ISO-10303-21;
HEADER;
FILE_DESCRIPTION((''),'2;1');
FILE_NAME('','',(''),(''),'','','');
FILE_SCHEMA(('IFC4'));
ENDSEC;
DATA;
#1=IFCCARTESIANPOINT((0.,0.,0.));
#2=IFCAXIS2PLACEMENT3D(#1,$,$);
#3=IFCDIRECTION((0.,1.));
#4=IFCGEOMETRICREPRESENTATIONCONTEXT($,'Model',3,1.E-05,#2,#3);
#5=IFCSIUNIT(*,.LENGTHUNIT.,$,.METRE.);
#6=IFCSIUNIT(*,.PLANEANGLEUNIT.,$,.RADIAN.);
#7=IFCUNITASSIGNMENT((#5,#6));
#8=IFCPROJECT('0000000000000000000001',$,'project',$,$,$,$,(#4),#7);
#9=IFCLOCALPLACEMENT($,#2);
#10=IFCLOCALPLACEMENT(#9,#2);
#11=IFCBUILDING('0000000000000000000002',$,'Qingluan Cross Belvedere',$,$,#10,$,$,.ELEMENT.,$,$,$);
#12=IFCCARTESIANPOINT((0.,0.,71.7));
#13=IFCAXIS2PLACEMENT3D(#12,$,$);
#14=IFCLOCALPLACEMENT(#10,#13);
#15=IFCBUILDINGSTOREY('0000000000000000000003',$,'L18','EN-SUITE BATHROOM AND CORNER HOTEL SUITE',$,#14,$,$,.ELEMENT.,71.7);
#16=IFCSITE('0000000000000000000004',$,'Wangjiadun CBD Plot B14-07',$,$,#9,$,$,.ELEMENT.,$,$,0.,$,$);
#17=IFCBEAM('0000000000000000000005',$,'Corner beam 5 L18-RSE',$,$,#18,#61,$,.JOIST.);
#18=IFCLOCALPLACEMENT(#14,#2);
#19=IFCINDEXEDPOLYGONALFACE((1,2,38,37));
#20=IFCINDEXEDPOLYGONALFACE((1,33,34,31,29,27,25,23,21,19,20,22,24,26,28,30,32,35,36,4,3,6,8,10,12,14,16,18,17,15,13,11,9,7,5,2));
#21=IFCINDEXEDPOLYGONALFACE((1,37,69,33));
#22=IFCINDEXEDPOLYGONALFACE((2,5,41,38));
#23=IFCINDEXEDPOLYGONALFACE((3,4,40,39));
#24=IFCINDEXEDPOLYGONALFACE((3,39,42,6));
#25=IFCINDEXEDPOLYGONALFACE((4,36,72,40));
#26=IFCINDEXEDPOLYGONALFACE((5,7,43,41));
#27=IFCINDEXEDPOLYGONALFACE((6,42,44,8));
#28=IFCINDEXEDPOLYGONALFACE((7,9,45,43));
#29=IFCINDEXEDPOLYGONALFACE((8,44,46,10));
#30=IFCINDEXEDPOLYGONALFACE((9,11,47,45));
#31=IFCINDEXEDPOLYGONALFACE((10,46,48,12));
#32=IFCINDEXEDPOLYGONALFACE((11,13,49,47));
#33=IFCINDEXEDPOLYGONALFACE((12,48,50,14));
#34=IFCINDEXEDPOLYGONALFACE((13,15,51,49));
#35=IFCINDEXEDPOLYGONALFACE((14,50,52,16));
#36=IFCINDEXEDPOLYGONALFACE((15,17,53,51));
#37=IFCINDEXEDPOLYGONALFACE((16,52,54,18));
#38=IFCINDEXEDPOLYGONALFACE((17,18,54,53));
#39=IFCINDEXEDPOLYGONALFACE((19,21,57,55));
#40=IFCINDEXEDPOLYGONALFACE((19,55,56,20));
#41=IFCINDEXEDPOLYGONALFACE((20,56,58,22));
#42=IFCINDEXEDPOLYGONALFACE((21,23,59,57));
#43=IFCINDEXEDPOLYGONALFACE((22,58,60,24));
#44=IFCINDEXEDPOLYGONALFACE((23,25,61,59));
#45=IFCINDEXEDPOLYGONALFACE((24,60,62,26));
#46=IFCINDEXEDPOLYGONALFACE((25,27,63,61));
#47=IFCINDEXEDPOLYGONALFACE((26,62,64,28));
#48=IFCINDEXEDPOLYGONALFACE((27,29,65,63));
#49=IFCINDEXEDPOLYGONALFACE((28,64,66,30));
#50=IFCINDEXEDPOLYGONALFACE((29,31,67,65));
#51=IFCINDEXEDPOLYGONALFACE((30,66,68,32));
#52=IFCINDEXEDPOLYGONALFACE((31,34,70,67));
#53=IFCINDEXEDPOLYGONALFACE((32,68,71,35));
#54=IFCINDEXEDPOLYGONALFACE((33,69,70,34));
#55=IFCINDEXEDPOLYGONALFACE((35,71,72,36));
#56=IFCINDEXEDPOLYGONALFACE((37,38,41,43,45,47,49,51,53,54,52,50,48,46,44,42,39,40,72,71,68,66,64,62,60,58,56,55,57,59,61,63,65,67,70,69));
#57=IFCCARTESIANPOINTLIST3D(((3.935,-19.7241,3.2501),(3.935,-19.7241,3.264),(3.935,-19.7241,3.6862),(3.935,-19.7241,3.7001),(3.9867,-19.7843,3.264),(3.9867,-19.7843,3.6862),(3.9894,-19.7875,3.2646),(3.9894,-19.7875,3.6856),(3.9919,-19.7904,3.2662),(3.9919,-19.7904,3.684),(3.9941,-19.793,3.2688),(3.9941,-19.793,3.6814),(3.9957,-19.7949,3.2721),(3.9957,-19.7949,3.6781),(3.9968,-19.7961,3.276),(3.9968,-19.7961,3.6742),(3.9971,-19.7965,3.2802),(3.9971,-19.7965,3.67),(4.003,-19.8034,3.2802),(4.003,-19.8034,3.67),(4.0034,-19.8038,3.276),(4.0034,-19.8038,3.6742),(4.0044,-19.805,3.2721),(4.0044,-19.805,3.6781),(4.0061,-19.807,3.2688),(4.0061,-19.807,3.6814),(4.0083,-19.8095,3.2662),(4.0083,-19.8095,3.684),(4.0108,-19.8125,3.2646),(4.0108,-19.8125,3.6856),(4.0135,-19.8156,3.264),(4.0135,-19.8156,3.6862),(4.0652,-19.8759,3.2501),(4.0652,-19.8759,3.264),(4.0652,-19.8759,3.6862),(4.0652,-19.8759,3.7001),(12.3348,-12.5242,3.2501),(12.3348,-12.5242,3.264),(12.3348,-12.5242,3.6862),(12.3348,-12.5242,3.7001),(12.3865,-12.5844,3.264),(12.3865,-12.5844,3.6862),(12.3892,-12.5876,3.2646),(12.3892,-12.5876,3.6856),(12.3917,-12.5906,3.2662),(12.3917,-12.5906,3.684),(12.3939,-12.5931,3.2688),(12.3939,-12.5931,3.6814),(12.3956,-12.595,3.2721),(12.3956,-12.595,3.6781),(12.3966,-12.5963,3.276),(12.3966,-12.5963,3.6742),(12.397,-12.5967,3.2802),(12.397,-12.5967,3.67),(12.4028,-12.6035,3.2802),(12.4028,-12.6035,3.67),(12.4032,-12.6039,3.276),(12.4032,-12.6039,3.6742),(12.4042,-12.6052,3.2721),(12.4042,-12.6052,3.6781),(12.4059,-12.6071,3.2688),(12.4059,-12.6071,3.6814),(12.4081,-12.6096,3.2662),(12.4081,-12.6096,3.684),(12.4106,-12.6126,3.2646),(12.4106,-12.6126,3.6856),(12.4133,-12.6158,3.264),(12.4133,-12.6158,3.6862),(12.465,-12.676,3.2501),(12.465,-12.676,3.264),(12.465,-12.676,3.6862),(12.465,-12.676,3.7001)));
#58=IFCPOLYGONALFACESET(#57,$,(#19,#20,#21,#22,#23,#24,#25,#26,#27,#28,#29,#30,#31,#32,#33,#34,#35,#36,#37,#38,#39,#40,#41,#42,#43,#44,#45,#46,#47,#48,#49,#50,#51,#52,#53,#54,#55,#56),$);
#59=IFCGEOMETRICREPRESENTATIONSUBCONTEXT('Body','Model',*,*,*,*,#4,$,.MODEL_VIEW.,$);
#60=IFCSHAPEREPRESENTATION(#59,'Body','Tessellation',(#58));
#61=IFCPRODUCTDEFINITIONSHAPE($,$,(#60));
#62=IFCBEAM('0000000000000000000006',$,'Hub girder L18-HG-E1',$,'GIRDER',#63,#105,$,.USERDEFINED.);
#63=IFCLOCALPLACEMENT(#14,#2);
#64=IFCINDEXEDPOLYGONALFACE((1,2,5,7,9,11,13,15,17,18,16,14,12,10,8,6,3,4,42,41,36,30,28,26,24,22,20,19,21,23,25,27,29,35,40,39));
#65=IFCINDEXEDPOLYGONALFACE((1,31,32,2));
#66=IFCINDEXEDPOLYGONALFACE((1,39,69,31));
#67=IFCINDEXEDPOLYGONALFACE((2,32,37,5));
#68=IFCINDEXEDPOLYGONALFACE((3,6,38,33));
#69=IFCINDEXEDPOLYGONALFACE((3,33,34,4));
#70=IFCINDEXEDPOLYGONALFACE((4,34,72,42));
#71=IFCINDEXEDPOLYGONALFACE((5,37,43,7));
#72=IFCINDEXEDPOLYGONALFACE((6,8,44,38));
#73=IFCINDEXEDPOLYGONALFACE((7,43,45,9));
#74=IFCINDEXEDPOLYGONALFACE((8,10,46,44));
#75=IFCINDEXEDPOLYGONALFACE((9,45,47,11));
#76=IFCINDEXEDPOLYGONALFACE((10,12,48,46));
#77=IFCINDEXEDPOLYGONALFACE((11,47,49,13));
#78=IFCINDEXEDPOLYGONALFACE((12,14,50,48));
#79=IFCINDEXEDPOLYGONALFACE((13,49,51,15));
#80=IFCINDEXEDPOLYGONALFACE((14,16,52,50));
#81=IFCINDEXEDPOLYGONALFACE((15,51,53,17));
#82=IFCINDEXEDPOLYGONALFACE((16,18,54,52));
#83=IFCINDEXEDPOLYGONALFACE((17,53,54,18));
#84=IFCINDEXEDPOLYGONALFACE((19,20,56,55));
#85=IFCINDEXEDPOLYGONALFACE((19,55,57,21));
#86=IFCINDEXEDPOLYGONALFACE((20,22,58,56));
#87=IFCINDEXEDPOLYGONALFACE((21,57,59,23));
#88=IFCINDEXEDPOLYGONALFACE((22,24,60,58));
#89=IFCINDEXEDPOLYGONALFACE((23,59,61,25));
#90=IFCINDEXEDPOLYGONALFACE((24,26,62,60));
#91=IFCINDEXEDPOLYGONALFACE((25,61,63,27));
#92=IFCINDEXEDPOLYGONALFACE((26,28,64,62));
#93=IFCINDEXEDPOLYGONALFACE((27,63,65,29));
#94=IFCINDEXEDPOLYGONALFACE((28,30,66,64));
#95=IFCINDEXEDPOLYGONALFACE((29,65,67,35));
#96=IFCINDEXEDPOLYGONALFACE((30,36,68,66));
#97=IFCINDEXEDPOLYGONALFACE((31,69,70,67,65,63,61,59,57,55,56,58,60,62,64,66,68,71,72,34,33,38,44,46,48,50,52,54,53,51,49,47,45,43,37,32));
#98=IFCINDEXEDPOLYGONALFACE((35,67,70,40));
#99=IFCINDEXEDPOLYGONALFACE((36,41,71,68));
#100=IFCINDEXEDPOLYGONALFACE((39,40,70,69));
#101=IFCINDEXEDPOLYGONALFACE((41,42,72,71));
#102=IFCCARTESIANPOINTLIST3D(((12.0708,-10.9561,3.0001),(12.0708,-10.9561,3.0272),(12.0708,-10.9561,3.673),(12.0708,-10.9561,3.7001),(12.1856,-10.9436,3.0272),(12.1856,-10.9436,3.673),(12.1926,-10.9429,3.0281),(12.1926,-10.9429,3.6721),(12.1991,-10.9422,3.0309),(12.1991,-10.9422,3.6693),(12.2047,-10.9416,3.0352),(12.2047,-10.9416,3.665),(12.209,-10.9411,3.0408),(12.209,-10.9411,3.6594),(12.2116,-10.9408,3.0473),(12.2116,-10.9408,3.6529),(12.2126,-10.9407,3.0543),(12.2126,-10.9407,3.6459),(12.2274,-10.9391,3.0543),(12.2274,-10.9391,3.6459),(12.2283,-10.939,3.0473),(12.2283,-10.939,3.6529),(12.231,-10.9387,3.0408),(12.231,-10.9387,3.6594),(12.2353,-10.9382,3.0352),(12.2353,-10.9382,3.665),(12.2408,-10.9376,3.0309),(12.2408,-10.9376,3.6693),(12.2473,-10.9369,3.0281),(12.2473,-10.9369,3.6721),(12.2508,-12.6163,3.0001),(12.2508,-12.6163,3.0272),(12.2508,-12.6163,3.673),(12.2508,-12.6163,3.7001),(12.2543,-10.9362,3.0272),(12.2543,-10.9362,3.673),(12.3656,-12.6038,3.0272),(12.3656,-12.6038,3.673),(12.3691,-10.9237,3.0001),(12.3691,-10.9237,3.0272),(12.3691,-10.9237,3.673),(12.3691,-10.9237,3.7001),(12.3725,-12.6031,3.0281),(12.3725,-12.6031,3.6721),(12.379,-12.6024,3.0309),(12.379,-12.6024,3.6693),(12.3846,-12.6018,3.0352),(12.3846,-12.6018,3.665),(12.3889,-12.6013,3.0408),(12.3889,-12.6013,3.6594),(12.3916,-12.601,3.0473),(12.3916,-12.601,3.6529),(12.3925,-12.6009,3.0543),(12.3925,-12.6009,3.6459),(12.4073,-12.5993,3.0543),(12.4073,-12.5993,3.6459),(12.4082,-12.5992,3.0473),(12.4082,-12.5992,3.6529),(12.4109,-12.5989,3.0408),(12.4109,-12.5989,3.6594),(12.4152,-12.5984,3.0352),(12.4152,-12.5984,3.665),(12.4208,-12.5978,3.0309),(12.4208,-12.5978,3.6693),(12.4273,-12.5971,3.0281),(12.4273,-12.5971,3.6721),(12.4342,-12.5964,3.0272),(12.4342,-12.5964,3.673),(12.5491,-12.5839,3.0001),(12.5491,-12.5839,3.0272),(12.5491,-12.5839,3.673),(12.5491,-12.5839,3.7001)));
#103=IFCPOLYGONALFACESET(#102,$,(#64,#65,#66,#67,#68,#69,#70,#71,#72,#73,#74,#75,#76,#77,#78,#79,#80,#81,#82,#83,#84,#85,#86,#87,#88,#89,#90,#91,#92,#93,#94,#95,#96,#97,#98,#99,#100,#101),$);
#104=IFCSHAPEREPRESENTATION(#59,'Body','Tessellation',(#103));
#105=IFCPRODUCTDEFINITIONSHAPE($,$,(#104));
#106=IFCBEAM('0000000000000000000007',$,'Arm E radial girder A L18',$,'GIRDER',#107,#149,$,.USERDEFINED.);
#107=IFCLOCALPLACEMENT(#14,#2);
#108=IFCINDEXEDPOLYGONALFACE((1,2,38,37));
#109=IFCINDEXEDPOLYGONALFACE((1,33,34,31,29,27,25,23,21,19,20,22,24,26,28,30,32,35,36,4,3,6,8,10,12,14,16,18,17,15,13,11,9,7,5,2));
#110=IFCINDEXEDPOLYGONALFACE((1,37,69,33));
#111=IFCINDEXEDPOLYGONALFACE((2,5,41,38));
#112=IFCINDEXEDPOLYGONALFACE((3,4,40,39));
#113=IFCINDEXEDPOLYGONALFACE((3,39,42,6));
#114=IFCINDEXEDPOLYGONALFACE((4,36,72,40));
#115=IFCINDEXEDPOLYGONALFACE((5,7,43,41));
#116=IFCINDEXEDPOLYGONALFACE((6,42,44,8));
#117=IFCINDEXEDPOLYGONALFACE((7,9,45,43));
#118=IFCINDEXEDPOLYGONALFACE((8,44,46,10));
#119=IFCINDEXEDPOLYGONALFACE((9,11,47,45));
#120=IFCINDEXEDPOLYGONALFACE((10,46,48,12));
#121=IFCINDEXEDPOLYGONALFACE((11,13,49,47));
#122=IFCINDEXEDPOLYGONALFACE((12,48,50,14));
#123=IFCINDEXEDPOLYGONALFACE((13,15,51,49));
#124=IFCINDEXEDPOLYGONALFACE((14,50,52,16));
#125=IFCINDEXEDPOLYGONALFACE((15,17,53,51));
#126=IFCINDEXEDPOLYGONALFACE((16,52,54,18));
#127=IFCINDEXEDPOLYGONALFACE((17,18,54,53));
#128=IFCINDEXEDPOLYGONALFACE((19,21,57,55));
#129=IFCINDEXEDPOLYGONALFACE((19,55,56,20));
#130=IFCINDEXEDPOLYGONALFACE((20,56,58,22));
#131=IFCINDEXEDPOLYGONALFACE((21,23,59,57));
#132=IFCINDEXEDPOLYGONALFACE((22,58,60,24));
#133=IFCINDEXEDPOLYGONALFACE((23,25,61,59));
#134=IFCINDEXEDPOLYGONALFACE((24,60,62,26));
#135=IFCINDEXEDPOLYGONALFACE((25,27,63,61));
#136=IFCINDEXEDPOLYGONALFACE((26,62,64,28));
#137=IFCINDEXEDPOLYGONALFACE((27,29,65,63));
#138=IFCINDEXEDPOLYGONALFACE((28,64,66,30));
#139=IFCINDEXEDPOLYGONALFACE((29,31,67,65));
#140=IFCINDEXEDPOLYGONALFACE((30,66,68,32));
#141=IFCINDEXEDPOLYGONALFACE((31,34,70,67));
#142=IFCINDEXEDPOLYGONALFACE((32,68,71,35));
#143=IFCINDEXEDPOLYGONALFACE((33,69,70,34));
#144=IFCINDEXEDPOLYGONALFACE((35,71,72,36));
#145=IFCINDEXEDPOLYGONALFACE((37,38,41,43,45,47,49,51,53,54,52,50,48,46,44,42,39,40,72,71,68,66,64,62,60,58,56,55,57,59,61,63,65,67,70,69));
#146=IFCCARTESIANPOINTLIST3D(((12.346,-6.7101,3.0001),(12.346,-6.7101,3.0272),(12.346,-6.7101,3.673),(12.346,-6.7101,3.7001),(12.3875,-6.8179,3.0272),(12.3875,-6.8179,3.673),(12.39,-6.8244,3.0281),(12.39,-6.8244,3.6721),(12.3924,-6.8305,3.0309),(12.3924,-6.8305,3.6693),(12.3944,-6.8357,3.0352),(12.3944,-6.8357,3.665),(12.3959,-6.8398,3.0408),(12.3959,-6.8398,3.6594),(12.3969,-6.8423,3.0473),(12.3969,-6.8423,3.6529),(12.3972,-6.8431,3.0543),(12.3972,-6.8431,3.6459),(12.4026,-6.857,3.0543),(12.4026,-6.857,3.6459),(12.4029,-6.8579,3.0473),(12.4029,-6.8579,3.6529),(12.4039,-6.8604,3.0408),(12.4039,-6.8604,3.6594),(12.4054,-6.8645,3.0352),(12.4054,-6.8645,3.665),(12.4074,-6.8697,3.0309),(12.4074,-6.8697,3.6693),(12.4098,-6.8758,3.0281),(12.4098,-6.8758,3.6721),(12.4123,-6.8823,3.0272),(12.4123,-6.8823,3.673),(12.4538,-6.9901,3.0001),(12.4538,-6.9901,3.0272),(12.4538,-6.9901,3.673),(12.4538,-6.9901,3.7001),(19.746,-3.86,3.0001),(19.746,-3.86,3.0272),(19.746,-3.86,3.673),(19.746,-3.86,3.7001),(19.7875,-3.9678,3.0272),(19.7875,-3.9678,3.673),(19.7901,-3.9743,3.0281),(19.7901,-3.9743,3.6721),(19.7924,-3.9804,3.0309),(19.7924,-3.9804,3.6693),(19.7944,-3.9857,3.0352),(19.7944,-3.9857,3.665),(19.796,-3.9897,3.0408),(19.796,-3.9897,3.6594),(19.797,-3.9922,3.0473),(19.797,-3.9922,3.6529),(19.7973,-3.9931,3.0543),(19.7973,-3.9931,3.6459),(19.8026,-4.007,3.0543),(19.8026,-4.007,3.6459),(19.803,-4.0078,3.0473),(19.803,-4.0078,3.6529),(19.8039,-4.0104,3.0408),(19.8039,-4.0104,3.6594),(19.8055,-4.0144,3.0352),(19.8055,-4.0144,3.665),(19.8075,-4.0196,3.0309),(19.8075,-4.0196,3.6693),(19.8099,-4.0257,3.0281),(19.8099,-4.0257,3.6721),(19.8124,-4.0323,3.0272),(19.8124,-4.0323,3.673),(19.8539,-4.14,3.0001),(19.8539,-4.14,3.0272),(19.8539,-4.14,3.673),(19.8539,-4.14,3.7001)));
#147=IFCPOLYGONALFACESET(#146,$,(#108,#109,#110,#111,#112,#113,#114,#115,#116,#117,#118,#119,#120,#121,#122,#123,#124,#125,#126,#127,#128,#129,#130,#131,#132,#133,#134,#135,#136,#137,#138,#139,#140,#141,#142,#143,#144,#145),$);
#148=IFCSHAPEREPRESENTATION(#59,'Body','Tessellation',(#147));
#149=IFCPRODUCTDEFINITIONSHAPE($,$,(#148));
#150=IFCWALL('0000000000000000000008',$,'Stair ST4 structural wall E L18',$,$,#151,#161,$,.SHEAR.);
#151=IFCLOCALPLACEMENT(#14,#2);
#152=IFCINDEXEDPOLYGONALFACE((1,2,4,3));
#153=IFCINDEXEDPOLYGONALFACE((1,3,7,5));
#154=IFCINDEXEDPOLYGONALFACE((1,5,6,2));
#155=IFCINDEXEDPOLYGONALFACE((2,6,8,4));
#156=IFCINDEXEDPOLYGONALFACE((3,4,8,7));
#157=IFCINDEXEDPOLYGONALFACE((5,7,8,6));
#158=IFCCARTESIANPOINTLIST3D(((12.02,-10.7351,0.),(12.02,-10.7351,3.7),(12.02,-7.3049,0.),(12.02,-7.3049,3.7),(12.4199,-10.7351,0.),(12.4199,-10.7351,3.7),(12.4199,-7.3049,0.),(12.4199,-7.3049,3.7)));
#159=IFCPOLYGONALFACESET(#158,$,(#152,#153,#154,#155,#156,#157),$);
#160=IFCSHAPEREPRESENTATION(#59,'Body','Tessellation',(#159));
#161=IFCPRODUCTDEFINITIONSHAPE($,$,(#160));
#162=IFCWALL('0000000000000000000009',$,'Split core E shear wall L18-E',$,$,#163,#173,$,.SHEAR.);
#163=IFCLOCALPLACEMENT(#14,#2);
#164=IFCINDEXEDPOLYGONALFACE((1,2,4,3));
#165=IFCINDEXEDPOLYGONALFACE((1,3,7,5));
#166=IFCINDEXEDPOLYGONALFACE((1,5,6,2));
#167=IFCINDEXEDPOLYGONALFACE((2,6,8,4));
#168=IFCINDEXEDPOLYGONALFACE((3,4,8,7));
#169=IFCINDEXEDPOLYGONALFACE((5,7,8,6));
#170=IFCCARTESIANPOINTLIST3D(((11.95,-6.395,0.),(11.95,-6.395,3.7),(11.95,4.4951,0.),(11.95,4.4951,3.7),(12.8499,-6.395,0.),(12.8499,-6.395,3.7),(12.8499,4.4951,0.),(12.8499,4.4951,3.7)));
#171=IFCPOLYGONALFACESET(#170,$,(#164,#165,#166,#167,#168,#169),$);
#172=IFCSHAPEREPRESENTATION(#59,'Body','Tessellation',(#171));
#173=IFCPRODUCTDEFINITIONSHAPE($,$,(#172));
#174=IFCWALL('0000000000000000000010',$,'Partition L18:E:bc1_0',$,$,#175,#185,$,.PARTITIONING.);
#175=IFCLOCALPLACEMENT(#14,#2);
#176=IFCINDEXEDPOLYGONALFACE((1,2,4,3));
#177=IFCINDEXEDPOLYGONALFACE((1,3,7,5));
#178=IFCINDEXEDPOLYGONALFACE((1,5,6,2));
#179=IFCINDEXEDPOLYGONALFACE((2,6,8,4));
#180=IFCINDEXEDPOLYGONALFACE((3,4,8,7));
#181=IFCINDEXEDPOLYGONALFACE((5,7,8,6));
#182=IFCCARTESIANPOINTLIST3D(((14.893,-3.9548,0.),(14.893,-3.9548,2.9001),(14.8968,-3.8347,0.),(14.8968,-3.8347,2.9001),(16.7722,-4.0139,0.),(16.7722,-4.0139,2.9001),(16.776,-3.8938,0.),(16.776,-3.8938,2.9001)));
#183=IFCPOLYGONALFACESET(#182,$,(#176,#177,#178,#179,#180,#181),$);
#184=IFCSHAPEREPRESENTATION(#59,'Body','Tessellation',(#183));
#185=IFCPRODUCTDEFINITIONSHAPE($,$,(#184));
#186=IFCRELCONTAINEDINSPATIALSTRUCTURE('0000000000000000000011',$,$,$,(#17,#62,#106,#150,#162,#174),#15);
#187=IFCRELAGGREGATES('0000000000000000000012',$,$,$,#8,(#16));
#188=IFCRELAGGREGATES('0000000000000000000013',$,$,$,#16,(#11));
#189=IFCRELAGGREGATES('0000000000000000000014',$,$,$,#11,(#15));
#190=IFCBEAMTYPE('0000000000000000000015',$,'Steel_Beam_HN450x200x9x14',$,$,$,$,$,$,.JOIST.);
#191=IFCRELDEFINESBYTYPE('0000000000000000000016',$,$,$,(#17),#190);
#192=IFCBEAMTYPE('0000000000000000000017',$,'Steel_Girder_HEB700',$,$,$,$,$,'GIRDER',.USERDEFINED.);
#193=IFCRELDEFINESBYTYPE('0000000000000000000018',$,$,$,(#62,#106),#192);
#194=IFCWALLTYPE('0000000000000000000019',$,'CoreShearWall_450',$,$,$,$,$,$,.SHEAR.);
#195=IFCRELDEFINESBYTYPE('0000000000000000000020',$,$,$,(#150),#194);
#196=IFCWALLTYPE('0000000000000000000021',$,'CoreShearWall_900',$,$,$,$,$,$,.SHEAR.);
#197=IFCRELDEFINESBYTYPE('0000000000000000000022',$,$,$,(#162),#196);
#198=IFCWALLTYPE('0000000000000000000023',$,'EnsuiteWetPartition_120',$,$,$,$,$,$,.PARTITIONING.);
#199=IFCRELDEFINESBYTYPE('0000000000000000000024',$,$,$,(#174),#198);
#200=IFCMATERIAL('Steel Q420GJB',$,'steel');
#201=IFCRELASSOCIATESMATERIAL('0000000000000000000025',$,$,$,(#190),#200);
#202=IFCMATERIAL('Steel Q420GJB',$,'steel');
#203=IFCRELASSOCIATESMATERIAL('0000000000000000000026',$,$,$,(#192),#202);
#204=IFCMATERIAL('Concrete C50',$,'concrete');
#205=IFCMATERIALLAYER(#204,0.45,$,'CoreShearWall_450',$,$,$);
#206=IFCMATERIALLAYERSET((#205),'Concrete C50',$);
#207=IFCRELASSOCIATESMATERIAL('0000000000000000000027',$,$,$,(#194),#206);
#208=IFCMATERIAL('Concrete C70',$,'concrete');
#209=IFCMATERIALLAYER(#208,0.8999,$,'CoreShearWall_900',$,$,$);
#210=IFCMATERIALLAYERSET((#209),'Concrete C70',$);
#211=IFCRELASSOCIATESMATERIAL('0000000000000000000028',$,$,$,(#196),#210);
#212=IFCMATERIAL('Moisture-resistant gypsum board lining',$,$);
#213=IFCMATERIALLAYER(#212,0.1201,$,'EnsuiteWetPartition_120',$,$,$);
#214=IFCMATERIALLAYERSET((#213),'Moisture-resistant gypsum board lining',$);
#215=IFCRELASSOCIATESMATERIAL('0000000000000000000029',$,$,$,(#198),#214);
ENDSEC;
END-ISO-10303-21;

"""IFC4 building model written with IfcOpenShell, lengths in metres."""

from ifc_helpers import new_model, si_unit, direction, frame, frame_2d, origin, origin_2d, place, context, subcontext, project, spatial, rectangle, i_section, extrude, material, layer, layer_set, material_profile, profile_set, type_object, element, save


model = new_model("IFC4")

# Units and contexts
model_context = context("Model", 3, precision=1e-05, world=origin(), true_north=direction((0.0, 1.0)))
body_context = subcontext(model_context, "Body", "Model", "MODEL_VIEW")
ifc_project = project(units=[si_unit("LENGTHUNIT", "METRE"), si_unit("PLANEANGLEUNIT", "RADIAN")], contexts=[model_context])

# Site, building, storey
site_placement = place(None, origin())
site = spatial("IfcSite", under=ifc_project, at=site_placement, Name="Wangjiadun CBD Plot B14-07", CompositionType="ELEMENT", RefElevation=0.0)
building_placement = place(site_placement, origin())
building = spatial("IfcBuilding", under=site, at=building_placement, Name="Qingluan Cross Belvedere", CompositionType="ELEMENT")
storey_placement = place(building_placement, frame((0.0, 0.0, 71.7)))
storey = spatial("IfcBuildingStorey", under=building, at=storey_placement, Name="L18", Description="EN-SUITE BATHROOM AND CORNER HOTEL SUITE", CompositionType="ELEMENT", Elevation=71.7)

# Beams
ifc_material_1 = material(Name="Steel Q420GJB", Category="steel")
ifc_material_profile_1 = material_profile(ifc_material_1, i_section(OverallWidth=0.2, OverallDepth=0.45, WebThickness=0.009, FlangeThickness=0.0139, FilletRadius=0.0161, at=origin_2d()), Name="HN450x200x9x14")
ifc_profile_set_1 = profile_set([ifc_material_profile_1], Name="Steel Q420GJB")
beam_type_1 = type_object("IfcBeamType", Name="Steel_Beam_HN450x200x9x14", PredefinedType="JOIST", material=ifc_profile_set_1)
beam_1_placement = place(storey_placement, frame((12.3999, -12.6001, 3.4751), z_axis=(-0.759255, -0.650793, 0.0), x_axis=(0.650793, -0.759255, 0.0)))
element("IfcBeam", 1, at=beam_1_placement, inside=storey, type_object=beam_type_1, Name="Corner beam 5 L18-RSE", PredefinedType="JOIST", context=body_context, shape_type="SweptSolid", body=[
    extrude(i_section(OverallWidth=0.2, OverallDepth=0.45, WebThickness=0.009, FlangeThickness=0.0139, FilletRadius=0.0161, at=origin_2d()), origin(), (0.0, 0.0, 1.0), 11.0632),
])
ifc_material_2 = material(Name="Steel Q420GJB", Category="steel")
ifc_material_profile_2 = material_profile(ifc_material_2, i_section(OverallWidth=0.3, OverallDepth=0.7, WebThickness=0.0149, FlangeThickness=0.0271, FilletRadius=0.0271, at=origin_2d()), Name="HEB700")
ifc_profile_set_2 = profile_set([ifc_material_profile_2], Name="Steel Q420GJB")
beam_type_2 = type_object("IfcBeamType", Name="Steel_Girder_HEB700", ElementType="GIRDER", PredefinedType="USERDEFINED", material=ifc_profile_set_2)
beam_2_placement = place(storey_placement, frame((12.3999, -12.6001, 3.3501), z_axis=(-0.107751, 0.994178, 0.0), x_axis=(-0.994178, -0.107751, 0.0)))
element("IfcBeam", 2, at=beam_2_placement, inside=storey, type_object=beam_type_2, Name="Hub girder L18-HG-E1", ObjectType="GIRDER", PredefinedType="USERDEFINED", context=body_context, shape_type="SweptSolid", body=[
    extrude(i_section(OverallWidth=0.3, OverallDepth=0.7, WebThickness=0.0149, FlangeThickness=0.0271, FilletRadius=0.0271, at=origin_2d()), origin(), (0.0, 0.0, 1.0), 1.6699),
])
beam_3_placement = place(storey_placement, frame((12.3999, -6.8501, 3.3501), z_axis=(0.933181, 0.359406, 0.0), x_axis=(-0.359406, 0.933181, 0.0)))
element("IfcBeam", 3, at=beam_3_placement, inside=storey, type_object=beam_type_2, Name="Arm E radial girder A L18", ObjectType="GIRDER", PredefinedType="USERDEFINED", context=body_context, shape_type="SweptSolid", body=[
    extrude(i_section(OverallWidth=0.3, OverallDepth=0.7, WebThickness=0.0149, FlangeThickness=0.0271, FilletRadius=0.0271, at=origin_2d()), origin(), (0.0, 0.0, 1.0), 7.9299),
])

# Walls
ifc_material_3 = material(Name="Concrete C50", Category="concrete")
ifc_layer_1 = layer(ifc_material_3, 0.45, Name="CoreShearWall_450")
ifc_layer_set_1 = layer_set([ifc_layer_1], Name="Concrete C50")
wall_type_1 = type_object("IfcWallType", Name="CoreShearWall_450", PredefinedType="SHEAR", material=ifc_layer_set_1)
wall_1_placement = place(storey_placement, frame((12.22, -10.7351, 0.0), z_axis=(0.0, 0.0, 1.0), x_axis=(0.0, 1.0, 0.0)))
element("IfcWall", 4, at=wall_1_placement, inside=storey, type_object=wall_type_1, Name="Stair ST4 structural wall E L18", PredefinedType="SHEAR", context=body_context, shape_type="SweptSolid", body=[
    extrude(rectangle(XDim=3.4302, YDim=0.3999, at=frame_2d((1.7151, 0.0))), origin(), (0.0, 0.0, 1.0), 3.7),
])
ifc_material_4 = material(Name="Concrete C70", Category="concrete")
ifc_layer_2 = layer(ifc_material_4, 0.8999, Name="CoreShearWall_900")
ifc_layer_set_2 = layer_set([ifc_layer_2], Name="Concrete C70")
wall_type_2 = type_object("IfcWallType", Name="CoreShearWall_900", PredefinedType="SHEAR", material=ifc_layer_set_2)
wall_2_placement = place(storey_placement, frame((12.3999, -6.395, 0.0), z_axis=(0.0, 0.0, 1.0), x_axis=(0.0, 1.0, 0.0)))
element("IfcWall", 5, at=wall_2_placement, inside=storey, type_object=wall_type_2, Name="Split core E shear wall L18-E", PredefinedType="SHEAR", context=body_context, shape_type="SweptSolid", body=[
    extrude(rectangle(XDim=10.8901, YDim=0.8999, at=frame_2d((5.4451, 0.0))), origin(), (0.0, 0.0, 1.0), 3.7),
])
ifc_material_5 = material(Name="Moisture-resistant gypsum board lining")
ifc_layer_3 = layer(ifc_material_5, 0.1201, Name="EnsuiteWetPartition_120")
ifc_layer_set_3 = layer_set([ifc_layer_3], Name="Moisture-resistant gypsum board lining")
wall_type_3 = type_object("IfcWallType", Name="EnsuiteWetPartition_120", PredefinedType="PARTITIONING", material=ifc_layer_set_3)
wall_3_placement = place(storey_placement, frame((14.895, -3.8948, 0.0), z_axis=(0.0, 0.0, 1.0), x_axis=(0.999506, -0.031425, 0.0)))
element("IfcWall", 6, at=wall_3_placement, inside=storey, type_object=wall_type_3, Name="Partition L18:E:bc1_0", PredefinedType="PARTITIONING", context=body_context, shape_type="SweptSolid", body=[
    extrude(rectangle(XDim=1.8801, YDim=0.1201, at=frame_2d((0.9399, 0.0))), origin(), (0.0, 0.0, 1.0), 2.9001),
])

save(model, "model.ifc")
